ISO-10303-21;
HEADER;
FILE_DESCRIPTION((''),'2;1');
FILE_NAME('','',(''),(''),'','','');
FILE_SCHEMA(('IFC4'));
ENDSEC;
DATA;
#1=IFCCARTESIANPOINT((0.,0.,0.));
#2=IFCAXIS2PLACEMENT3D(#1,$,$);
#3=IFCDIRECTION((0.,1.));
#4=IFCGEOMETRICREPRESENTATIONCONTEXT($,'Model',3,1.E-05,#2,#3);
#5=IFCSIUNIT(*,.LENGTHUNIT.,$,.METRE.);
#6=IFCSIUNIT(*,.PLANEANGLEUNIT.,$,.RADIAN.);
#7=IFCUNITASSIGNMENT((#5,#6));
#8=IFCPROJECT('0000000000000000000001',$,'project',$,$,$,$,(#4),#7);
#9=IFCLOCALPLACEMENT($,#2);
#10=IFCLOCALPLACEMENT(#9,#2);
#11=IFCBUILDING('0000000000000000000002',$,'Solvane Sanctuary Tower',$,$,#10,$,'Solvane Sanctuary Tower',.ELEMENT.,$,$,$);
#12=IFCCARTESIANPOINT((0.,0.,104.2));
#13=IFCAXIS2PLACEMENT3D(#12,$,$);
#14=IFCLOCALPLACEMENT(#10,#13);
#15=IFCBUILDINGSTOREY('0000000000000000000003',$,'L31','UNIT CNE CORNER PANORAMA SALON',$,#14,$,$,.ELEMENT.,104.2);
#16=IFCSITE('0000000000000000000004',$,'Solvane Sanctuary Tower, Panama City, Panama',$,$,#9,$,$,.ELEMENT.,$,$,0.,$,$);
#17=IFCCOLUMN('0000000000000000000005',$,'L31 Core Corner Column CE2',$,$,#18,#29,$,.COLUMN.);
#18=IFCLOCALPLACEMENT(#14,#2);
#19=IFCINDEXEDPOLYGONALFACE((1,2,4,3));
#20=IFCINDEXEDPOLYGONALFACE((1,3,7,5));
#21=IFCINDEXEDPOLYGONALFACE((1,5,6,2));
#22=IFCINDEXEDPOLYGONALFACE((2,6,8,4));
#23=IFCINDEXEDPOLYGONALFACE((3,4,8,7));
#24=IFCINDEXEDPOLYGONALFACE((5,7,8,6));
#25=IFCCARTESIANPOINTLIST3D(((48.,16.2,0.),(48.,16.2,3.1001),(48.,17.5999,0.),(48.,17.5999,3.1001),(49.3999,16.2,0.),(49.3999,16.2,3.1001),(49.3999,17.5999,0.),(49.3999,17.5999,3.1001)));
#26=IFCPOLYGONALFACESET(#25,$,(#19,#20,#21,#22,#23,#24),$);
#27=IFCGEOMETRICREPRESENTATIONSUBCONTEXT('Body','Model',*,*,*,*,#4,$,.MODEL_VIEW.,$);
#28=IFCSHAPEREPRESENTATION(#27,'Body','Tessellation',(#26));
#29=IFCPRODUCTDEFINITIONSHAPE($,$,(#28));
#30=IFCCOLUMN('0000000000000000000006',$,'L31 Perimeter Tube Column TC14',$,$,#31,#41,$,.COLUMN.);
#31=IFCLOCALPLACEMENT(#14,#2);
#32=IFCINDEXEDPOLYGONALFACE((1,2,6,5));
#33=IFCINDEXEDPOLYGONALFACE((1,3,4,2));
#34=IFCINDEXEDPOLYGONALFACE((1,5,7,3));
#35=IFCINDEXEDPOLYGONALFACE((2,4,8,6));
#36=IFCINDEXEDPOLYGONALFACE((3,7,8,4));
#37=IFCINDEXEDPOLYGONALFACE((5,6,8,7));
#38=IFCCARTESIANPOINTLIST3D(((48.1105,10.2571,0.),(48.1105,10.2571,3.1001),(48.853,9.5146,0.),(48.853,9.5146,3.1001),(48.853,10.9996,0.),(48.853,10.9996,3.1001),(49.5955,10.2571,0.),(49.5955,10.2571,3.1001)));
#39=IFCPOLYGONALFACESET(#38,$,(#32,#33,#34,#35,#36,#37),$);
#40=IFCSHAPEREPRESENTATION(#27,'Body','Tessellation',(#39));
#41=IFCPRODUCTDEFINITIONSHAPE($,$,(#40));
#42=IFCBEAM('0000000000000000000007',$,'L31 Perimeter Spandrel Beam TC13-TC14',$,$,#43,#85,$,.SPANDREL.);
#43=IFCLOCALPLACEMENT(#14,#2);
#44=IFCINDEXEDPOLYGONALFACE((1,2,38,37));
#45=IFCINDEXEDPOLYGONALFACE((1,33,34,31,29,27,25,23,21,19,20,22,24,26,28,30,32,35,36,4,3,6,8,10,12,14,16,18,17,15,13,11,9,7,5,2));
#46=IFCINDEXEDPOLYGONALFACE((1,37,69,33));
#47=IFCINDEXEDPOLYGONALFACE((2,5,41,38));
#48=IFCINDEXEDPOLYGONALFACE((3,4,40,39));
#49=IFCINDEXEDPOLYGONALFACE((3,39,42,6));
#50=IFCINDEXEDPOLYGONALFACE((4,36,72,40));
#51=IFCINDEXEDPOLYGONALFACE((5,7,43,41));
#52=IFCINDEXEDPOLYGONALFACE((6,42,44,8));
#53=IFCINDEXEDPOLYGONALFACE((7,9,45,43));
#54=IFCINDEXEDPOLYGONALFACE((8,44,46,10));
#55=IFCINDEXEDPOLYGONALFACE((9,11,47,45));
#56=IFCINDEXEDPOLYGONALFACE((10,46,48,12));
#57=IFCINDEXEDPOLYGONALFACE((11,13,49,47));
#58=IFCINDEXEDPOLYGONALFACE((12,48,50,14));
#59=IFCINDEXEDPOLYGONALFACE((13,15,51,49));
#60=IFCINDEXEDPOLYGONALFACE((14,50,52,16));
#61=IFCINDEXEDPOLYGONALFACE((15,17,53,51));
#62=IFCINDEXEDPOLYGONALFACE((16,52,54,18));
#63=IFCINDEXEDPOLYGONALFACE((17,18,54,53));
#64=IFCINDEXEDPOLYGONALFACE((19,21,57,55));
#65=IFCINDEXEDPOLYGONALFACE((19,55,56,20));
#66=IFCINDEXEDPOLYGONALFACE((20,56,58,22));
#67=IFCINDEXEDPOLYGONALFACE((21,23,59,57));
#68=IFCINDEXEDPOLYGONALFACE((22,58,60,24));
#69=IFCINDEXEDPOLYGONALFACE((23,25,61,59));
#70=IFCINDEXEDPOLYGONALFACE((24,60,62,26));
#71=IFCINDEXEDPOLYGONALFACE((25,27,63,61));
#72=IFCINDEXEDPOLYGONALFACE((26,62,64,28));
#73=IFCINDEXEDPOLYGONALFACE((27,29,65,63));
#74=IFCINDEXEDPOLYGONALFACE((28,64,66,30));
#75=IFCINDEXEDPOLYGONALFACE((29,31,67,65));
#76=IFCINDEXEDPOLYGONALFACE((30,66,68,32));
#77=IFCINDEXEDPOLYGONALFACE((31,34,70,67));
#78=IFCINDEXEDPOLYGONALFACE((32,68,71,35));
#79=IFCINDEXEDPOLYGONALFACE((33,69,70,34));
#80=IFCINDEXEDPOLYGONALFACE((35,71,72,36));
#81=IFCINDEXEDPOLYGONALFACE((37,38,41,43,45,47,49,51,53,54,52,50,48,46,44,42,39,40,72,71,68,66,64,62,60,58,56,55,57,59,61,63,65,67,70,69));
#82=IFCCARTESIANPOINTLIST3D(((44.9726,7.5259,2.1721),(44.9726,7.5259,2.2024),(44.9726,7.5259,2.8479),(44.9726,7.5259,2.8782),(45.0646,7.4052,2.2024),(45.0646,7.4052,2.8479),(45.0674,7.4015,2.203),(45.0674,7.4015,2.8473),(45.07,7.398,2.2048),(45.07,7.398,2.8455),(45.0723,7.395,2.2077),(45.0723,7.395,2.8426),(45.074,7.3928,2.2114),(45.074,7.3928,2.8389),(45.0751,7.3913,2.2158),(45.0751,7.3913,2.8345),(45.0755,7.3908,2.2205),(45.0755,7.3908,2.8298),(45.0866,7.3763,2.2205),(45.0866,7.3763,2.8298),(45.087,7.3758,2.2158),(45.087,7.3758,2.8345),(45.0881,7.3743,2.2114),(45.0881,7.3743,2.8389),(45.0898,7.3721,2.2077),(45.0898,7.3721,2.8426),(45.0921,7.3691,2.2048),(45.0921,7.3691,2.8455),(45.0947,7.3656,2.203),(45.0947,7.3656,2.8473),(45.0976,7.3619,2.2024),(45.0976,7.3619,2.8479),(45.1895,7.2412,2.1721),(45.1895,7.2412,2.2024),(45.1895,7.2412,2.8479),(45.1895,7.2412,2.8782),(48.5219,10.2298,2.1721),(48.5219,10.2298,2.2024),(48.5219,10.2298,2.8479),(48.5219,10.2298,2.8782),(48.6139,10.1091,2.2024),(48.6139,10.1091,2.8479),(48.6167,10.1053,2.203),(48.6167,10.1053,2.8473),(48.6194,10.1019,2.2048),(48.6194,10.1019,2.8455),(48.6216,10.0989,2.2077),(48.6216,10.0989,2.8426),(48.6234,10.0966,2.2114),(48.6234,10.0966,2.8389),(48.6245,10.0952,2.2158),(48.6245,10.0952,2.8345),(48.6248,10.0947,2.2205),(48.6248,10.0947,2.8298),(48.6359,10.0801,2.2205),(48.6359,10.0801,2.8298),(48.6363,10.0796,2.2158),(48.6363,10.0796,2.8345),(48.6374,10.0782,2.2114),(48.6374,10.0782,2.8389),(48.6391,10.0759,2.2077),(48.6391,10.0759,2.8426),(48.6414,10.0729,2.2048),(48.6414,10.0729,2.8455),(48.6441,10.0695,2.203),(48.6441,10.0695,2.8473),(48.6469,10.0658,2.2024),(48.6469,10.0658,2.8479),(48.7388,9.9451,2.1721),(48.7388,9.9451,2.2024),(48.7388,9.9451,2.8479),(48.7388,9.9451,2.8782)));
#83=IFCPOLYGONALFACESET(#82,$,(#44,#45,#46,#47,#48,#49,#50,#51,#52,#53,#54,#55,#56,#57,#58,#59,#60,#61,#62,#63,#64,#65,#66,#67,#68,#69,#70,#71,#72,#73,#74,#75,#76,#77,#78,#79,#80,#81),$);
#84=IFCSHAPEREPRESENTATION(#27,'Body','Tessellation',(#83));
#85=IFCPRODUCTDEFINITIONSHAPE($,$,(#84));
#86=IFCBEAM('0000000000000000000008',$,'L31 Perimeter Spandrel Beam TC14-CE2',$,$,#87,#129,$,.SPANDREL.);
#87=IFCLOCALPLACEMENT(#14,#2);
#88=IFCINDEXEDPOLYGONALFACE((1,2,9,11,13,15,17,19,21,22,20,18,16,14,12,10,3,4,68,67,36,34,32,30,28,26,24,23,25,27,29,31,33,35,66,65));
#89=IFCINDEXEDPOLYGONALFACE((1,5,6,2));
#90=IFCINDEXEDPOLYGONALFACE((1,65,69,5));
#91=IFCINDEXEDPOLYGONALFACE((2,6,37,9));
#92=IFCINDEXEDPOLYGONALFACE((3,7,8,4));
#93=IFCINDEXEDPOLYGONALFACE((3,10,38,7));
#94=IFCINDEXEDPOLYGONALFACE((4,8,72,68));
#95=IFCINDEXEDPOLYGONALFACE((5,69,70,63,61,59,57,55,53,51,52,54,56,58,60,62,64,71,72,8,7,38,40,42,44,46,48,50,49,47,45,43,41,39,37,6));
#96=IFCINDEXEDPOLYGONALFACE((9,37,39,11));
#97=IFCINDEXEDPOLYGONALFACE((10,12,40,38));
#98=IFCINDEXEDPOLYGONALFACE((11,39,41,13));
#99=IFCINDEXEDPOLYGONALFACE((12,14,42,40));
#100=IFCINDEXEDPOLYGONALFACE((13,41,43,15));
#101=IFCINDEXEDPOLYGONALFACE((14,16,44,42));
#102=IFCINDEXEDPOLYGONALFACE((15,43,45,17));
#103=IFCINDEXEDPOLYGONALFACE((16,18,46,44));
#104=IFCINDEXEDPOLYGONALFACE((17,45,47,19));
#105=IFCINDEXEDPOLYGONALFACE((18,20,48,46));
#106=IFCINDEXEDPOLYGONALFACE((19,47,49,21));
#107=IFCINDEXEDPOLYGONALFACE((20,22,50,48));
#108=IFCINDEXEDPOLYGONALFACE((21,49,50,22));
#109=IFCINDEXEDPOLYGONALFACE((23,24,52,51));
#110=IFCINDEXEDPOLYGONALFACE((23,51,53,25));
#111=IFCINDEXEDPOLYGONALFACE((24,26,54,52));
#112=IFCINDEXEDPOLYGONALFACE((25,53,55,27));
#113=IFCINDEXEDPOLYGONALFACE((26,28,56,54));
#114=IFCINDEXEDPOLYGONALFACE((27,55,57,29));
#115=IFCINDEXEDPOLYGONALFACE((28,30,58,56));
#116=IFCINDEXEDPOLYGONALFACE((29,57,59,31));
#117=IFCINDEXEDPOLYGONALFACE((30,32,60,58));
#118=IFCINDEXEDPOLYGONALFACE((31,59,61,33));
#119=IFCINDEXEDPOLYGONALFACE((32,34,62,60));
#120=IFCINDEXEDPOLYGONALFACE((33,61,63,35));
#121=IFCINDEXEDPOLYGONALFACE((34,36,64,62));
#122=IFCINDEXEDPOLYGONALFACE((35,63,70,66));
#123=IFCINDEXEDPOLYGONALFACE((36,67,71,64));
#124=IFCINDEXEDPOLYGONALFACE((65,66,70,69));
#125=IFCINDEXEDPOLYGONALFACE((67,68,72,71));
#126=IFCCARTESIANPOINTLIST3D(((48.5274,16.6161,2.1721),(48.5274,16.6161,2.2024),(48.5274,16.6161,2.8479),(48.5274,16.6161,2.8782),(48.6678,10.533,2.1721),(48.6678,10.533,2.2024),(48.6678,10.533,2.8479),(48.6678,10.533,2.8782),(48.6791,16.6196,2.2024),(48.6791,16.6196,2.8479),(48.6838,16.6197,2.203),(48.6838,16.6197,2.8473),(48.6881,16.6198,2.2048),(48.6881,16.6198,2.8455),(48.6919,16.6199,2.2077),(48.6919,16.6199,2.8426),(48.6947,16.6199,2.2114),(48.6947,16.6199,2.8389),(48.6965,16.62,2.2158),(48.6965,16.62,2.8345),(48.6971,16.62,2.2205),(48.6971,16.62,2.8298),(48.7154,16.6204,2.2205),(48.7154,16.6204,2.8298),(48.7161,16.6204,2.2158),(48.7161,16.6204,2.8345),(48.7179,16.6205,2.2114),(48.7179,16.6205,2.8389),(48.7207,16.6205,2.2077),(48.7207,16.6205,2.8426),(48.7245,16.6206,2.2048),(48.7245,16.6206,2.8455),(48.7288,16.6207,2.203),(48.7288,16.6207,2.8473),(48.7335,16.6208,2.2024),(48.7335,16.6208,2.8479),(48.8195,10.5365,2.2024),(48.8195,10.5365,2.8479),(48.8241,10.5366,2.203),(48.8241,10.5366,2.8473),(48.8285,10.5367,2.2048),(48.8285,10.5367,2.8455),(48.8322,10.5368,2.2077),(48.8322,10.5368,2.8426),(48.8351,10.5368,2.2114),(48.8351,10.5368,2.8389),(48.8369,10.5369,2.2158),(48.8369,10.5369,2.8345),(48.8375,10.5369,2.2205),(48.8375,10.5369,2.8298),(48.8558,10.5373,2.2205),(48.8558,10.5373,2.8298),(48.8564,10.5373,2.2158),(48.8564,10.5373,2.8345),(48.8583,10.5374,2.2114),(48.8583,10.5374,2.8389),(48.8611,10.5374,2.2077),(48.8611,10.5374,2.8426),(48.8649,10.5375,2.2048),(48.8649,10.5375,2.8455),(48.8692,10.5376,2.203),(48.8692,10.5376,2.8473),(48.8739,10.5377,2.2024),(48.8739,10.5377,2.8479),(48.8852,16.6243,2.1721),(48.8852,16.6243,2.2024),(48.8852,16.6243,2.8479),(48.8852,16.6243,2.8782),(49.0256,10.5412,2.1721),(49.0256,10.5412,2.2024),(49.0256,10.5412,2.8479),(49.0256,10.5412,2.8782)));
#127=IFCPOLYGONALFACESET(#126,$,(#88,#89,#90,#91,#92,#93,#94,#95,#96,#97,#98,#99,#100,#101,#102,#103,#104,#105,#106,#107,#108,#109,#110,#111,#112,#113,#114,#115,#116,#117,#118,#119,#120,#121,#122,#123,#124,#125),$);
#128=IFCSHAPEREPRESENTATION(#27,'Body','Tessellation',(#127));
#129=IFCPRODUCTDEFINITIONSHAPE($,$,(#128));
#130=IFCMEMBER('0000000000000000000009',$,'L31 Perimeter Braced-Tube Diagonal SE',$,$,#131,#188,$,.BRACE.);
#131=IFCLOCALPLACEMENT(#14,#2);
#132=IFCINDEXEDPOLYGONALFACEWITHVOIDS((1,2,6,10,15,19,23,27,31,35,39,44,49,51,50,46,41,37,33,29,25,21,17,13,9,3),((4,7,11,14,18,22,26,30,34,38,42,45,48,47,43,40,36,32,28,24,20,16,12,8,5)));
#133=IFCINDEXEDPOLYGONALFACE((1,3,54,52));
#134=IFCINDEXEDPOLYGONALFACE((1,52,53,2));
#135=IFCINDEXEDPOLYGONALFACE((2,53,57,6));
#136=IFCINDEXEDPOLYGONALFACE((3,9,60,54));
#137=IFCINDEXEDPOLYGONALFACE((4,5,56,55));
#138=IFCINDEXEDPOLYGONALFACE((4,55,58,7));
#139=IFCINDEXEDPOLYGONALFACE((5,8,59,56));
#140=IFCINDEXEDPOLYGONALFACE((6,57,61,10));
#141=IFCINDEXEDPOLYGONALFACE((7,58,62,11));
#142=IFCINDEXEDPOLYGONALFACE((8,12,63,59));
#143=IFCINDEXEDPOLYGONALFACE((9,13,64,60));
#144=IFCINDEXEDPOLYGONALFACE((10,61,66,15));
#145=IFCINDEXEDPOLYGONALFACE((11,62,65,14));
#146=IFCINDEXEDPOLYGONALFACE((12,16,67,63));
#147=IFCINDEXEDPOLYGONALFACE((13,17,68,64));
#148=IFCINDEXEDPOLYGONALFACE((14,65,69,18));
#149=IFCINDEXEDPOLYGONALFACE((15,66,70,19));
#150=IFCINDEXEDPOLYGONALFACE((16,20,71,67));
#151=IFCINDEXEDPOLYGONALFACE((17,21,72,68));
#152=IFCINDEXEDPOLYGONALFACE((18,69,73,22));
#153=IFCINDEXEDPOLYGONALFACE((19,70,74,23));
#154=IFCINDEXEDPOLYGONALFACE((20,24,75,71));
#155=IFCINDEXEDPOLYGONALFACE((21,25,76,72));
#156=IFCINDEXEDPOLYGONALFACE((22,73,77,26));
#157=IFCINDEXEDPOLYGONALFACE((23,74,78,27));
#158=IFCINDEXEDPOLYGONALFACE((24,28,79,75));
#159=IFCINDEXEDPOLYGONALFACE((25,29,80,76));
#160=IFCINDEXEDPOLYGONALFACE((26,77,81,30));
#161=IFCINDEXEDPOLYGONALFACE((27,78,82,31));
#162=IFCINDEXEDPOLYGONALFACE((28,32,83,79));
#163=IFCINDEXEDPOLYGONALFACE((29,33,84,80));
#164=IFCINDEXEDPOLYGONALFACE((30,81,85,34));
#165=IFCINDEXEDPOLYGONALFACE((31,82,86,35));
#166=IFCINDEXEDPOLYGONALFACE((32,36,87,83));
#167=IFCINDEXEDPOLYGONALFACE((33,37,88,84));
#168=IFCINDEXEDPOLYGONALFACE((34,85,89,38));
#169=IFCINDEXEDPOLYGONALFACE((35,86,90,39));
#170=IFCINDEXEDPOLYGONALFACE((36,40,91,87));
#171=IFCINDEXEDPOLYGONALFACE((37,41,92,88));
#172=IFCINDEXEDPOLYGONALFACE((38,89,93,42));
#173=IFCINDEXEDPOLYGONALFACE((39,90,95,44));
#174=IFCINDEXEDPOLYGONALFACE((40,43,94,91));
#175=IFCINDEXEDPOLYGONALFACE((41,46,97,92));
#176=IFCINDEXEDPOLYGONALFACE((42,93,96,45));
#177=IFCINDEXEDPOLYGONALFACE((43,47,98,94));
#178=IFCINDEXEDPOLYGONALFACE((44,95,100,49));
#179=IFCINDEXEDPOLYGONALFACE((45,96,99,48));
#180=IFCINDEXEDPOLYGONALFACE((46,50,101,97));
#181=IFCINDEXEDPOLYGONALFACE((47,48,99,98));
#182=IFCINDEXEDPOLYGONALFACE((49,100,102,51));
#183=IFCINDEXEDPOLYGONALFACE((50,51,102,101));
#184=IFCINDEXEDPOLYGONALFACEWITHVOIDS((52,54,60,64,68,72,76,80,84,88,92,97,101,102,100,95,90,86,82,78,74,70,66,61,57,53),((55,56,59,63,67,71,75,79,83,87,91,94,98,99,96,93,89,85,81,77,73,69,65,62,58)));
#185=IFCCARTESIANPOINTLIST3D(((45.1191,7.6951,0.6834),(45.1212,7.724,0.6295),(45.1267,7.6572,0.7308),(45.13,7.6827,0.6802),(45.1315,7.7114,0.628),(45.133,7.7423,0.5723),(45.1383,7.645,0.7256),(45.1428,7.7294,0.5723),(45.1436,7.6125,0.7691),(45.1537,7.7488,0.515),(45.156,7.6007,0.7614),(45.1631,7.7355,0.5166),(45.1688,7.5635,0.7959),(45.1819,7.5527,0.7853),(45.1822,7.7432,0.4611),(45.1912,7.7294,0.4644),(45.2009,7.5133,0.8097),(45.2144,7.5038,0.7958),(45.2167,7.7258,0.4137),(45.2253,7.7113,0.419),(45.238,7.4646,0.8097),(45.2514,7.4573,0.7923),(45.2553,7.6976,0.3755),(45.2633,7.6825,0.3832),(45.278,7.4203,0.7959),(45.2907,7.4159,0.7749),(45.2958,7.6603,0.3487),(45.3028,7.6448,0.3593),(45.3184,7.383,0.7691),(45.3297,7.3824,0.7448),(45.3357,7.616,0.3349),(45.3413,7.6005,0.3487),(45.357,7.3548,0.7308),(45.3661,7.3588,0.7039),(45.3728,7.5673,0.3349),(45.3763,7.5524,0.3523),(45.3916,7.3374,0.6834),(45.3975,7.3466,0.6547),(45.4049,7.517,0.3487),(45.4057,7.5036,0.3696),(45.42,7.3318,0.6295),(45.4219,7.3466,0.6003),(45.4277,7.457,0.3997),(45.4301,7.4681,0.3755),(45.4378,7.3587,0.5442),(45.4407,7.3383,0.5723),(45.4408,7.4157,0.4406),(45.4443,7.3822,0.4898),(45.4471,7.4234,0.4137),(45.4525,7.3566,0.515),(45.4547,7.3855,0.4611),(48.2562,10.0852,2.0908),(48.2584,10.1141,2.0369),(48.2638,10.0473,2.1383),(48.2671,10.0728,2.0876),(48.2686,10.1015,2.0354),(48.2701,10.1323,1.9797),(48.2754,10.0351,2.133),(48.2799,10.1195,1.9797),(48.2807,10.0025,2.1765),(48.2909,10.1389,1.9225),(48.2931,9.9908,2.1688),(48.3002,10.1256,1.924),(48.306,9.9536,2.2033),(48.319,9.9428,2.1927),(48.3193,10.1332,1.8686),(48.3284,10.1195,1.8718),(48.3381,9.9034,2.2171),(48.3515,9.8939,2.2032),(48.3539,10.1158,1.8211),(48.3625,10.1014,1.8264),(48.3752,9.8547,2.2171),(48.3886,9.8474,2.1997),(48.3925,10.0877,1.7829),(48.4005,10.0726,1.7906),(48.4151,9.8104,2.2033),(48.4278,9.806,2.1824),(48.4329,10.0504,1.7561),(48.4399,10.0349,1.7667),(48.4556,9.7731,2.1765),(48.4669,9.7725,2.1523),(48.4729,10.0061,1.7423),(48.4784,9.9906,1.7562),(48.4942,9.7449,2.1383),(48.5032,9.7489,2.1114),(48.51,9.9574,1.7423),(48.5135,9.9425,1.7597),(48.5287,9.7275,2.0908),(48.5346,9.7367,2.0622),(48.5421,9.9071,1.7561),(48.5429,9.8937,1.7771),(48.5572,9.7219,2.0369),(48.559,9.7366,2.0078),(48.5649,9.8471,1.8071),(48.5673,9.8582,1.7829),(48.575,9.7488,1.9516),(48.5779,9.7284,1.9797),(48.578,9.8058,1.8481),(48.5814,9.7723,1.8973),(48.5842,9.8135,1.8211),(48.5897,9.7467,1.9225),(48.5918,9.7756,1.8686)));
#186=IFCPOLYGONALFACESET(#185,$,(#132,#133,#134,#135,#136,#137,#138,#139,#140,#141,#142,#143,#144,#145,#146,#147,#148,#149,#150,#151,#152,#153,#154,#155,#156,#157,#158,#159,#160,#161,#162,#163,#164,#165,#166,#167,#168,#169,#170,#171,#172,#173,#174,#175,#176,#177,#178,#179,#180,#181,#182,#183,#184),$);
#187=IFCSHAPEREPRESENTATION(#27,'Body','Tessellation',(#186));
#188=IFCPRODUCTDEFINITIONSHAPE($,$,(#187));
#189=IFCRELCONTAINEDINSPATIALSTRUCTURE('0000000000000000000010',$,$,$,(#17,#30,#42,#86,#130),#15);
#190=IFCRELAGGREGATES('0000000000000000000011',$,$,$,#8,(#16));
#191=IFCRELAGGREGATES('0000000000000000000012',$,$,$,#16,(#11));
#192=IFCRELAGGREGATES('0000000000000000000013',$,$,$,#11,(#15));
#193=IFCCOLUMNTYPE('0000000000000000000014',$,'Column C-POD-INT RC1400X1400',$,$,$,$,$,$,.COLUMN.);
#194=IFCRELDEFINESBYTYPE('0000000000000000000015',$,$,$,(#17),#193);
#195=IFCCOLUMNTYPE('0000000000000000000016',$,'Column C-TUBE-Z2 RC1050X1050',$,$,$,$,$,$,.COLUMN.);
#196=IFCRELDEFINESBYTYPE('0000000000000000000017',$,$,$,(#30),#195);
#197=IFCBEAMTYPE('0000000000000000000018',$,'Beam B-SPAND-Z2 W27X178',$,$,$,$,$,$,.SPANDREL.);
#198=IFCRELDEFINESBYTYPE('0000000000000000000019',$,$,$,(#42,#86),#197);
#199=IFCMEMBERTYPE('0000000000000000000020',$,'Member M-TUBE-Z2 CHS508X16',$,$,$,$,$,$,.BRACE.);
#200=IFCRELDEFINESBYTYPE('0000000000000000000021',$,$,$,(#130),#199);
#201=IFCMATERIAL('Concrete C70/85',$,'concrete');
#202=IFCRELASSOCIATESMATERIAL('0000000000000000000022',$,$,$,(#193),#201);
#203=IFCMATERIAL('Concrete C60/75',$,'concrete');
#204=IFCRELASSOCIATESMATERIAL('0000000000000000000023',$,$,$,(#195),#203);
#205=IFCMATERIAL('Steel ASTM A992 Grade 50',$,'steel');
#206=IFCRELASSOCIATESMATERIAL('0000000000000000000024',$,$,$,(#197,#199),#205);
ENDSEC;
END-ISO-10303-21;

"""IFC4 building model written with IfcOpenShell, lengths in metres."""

from ifc_helpers import new_model, si_unit, direction, frame, origin, origin_2d, place, context, subcontext, project, spatial, rectangle, hollow_circle, i_section, extrude, material, material_profile, profile_set, type_object, element, save


model = new_model("IFC4")

# Units and contexts
model_context = context("Model", 3, precision=1e-05, world=origin(), true_north=direction((0.0, 1.0)))
body_context = subcontext(model_context, "Body", "Model", "MODEL_VIEW")
ifc_project = project(units=[si_unit("LENGTHUNIT", "METRE"), si_unit("PLANEANGLEUNIT", "RADIAN")], contexts=[model_context])

# Site, building, storey
site_placement = place(None, origin())
site = spatial("IfcSite", under=ifc_project, at=site_placement, Name="Solvane Sanctuary Tower, Panama City, Panama", CompositionType="ELEMENT", RefElevation=0.0)
building_placement = place(site_placement, origin())
building = spatial("IfcBuilding", under=site, at=building_placement, Name="Solvane Sanctuary Tower", LongName="Solvane Sanctuary Tower", CompositionType="ELEMENT")
storey_placement = place(building_placement, frame((0.0, 0.0, 104.2)))
storey = spatial("IfcBuildingStorey", under=building, at=storey_placement, Name="L31", Description="UNIT CNE CORNER PANORAMA SALON", CompositionType="ELEMENT", Elevation=104.2)

# Columns
ifc_material_1 = material(Name="Concrete C70/85", Category="concrete")
ifc_material_profile_1 = material_profile(ifc_material_1, rectangle(XDim=1.3999, YDim=1.3999, at=origin_2d()), Name="RC1400X1400")
ifc_profile_set_1 = profile_set([ifc_material_profile_1], Name="Concrete C70/85")
column_type_1 = type_object("IfcColumnType", Name="Column C-POD-INT RC1400X1400", PredefinedType="COLUMN", material=ifc_profile_set_1)
column_1_placement = place(storey_placement, frame((48.7, 16.8999, 0.0), z_axis=(0.0, 0.0, 1.0), x_axis=(1.0, 0.0, 0.0)))
element("IfcColumn", 1, at=column_1_placement, inside=storey, type_object=column_type_1, Name="L31 Core Corner Column CE2", PredefinedType="COLUMN", context=body_context, shape_type="SweptSolid", body=[
    extrude(rectangle(XDim=1.3999, YDim=1.3999, at=origin_2d()), origin(), (0.0, 0.0, 1.0), 3.1001),
])
ifc_material_2 = material(Name="Concrete C60/75", Category="concrete")
ifc_material_profile_2 = material_profile(ifc_material_2, rectangle(XDim=1.05, YDim=1.05, at=origin_2d()), Name="RC1050X1050")
ifc_profile_set_2 = profile_set([ifc_material_profile_2], Name="Concrete C60/75")
column_type_2 = type_object("IfcColumnType", Name="Column C-TUBE-Z2 RC1050X1050", PredefinedType="COLUMN", material=ifc_profile_set_2)
column_2_placement = place(storey_placement, frame((48.853, 10.2571, 0.0), z_axis=(0.0, 0.0, 1.0), x_axis=(0.707107, -0.707107, 0.0)))
element("IfcColumn", 2, at=column_2_placement, inside=storey, type_object=column_type_2, Name="L31 Perimeter Tube Column TC14", PredefinedType="COLUMN", context=body_context, shape_type="SweptSolid", body=[
    extrude(rectangle(XDim=1.05, YDim=1.05, at=origin_2d()), origin(), (0.0, 0.0, 1.0), 3.1001),
])

# Beams
ifc_material_3 = material(Name="Steel ASTM A992 Grade 50", Category="steel")
ifc_material_profile_3 = material_profile(ifc_material_3, i_section(OverallWidth=0.3579, OverallDepth=0.7061, WebThickness=0.0183, FlangeThickness=0.0303, FilletRadius=0.0181, at=origin_2d()), Name="W27X178")
ifc_profile_set_3 = profile_set([ifc_material_profile_3], Name="Steel ASTM A992 Grade 50")
beam_type = type_object("IfcBeamType", Name="Beam B-SPAND-Z2 W27X178", PredefinedType="SPANDREL", material=ifc_profile_set_3)
beam_1_placement = place(storey_placement, frame((45.0811, 7.3835, 2.5251), z_axis=(0.795473, 0.605989, 0.0), x_axis=(-0.605989, 0.795473, 0.0)))
element("IfcBeam", 3, at=beam_1_placement, inside=storey, type_object=beam_type, Name="L31 Perimeter Spandrel Beam TC13-TC14", PredefinedType="SPANDREL", context=body_context, shape_type="SweptSolid", body=[
    extrude(i_section(OverallWidth=0.3579, OverallDepth=0.7061, WebThickness=0.0183, FlangeThickness=0.0303, FilletRadius=0.0181, at=origin_2d()), origin(), (0.0, 0.0, 1.0), 4.4619),
])
beam_2_placement = place(storey_placement, frame((48.8467, 10.5371, 2.5251), z_axis=(-0.023071, 0.999734, 0.0), x_axis=(-0.999734, -0.023071, 0.0)))
element("IfcBeam", 4, at=beam_2_placement, inside=storey, type_object=beam_type, Name="L31 Perimeter Spandrel Beam TC14-CE2", PredefinedType="SPANDREL", context=body_context, shape_type="SweptSolid", body=[
    extrude(i_section(OverallWidth=0.3579, OverallDepth=0.7061, WebThickness=0.0183, FlangeThickness=0.0303, FilletRadius=0.0181, at=origin_2d()), origin(), (0.0, 0.0, 1.0), 6.0847),
])

# Member
ifc_material_profile_4 = material_profile(ifc_material_3, hollow_circle(Radius=0.2539, WallThickness=0.0161, at=origin_2d()), Name="CHS508X16")
ifc_profile_set_4 = profile_set([ifc_material_profile_4], Name="Steel ASTM A992 Grade 50")
member_type = type_object("IfcMemberType", Name="Member M-TUBE-Z2 CHS508X16", PredefinedType="BRACE", material=ifc_profile_set_4)
member_placement = place(storey_placement, frame((45.2869, 7.5403, 0.5723), z_axis=(0.74917, 0.570769, 0.336106), x_axis=(-0.606025, 0.795446, 0.0)))
element("IfcMember", 5, at=member_placement, inside=storey, type_object=member_type, Name="L31 Perimeter Braced-Tube Diagonal SE", PredefinedType="BRACE", context=body_context, shape_type="SweptSolid", body=[
    extrude(hollow_circle(Radius=0.2539, WallThickness=0.0161, at=origin_2d()), origin(), (0.0, 0.0, 1.0), 4.1875),
])

save(model, "model.ifc")
